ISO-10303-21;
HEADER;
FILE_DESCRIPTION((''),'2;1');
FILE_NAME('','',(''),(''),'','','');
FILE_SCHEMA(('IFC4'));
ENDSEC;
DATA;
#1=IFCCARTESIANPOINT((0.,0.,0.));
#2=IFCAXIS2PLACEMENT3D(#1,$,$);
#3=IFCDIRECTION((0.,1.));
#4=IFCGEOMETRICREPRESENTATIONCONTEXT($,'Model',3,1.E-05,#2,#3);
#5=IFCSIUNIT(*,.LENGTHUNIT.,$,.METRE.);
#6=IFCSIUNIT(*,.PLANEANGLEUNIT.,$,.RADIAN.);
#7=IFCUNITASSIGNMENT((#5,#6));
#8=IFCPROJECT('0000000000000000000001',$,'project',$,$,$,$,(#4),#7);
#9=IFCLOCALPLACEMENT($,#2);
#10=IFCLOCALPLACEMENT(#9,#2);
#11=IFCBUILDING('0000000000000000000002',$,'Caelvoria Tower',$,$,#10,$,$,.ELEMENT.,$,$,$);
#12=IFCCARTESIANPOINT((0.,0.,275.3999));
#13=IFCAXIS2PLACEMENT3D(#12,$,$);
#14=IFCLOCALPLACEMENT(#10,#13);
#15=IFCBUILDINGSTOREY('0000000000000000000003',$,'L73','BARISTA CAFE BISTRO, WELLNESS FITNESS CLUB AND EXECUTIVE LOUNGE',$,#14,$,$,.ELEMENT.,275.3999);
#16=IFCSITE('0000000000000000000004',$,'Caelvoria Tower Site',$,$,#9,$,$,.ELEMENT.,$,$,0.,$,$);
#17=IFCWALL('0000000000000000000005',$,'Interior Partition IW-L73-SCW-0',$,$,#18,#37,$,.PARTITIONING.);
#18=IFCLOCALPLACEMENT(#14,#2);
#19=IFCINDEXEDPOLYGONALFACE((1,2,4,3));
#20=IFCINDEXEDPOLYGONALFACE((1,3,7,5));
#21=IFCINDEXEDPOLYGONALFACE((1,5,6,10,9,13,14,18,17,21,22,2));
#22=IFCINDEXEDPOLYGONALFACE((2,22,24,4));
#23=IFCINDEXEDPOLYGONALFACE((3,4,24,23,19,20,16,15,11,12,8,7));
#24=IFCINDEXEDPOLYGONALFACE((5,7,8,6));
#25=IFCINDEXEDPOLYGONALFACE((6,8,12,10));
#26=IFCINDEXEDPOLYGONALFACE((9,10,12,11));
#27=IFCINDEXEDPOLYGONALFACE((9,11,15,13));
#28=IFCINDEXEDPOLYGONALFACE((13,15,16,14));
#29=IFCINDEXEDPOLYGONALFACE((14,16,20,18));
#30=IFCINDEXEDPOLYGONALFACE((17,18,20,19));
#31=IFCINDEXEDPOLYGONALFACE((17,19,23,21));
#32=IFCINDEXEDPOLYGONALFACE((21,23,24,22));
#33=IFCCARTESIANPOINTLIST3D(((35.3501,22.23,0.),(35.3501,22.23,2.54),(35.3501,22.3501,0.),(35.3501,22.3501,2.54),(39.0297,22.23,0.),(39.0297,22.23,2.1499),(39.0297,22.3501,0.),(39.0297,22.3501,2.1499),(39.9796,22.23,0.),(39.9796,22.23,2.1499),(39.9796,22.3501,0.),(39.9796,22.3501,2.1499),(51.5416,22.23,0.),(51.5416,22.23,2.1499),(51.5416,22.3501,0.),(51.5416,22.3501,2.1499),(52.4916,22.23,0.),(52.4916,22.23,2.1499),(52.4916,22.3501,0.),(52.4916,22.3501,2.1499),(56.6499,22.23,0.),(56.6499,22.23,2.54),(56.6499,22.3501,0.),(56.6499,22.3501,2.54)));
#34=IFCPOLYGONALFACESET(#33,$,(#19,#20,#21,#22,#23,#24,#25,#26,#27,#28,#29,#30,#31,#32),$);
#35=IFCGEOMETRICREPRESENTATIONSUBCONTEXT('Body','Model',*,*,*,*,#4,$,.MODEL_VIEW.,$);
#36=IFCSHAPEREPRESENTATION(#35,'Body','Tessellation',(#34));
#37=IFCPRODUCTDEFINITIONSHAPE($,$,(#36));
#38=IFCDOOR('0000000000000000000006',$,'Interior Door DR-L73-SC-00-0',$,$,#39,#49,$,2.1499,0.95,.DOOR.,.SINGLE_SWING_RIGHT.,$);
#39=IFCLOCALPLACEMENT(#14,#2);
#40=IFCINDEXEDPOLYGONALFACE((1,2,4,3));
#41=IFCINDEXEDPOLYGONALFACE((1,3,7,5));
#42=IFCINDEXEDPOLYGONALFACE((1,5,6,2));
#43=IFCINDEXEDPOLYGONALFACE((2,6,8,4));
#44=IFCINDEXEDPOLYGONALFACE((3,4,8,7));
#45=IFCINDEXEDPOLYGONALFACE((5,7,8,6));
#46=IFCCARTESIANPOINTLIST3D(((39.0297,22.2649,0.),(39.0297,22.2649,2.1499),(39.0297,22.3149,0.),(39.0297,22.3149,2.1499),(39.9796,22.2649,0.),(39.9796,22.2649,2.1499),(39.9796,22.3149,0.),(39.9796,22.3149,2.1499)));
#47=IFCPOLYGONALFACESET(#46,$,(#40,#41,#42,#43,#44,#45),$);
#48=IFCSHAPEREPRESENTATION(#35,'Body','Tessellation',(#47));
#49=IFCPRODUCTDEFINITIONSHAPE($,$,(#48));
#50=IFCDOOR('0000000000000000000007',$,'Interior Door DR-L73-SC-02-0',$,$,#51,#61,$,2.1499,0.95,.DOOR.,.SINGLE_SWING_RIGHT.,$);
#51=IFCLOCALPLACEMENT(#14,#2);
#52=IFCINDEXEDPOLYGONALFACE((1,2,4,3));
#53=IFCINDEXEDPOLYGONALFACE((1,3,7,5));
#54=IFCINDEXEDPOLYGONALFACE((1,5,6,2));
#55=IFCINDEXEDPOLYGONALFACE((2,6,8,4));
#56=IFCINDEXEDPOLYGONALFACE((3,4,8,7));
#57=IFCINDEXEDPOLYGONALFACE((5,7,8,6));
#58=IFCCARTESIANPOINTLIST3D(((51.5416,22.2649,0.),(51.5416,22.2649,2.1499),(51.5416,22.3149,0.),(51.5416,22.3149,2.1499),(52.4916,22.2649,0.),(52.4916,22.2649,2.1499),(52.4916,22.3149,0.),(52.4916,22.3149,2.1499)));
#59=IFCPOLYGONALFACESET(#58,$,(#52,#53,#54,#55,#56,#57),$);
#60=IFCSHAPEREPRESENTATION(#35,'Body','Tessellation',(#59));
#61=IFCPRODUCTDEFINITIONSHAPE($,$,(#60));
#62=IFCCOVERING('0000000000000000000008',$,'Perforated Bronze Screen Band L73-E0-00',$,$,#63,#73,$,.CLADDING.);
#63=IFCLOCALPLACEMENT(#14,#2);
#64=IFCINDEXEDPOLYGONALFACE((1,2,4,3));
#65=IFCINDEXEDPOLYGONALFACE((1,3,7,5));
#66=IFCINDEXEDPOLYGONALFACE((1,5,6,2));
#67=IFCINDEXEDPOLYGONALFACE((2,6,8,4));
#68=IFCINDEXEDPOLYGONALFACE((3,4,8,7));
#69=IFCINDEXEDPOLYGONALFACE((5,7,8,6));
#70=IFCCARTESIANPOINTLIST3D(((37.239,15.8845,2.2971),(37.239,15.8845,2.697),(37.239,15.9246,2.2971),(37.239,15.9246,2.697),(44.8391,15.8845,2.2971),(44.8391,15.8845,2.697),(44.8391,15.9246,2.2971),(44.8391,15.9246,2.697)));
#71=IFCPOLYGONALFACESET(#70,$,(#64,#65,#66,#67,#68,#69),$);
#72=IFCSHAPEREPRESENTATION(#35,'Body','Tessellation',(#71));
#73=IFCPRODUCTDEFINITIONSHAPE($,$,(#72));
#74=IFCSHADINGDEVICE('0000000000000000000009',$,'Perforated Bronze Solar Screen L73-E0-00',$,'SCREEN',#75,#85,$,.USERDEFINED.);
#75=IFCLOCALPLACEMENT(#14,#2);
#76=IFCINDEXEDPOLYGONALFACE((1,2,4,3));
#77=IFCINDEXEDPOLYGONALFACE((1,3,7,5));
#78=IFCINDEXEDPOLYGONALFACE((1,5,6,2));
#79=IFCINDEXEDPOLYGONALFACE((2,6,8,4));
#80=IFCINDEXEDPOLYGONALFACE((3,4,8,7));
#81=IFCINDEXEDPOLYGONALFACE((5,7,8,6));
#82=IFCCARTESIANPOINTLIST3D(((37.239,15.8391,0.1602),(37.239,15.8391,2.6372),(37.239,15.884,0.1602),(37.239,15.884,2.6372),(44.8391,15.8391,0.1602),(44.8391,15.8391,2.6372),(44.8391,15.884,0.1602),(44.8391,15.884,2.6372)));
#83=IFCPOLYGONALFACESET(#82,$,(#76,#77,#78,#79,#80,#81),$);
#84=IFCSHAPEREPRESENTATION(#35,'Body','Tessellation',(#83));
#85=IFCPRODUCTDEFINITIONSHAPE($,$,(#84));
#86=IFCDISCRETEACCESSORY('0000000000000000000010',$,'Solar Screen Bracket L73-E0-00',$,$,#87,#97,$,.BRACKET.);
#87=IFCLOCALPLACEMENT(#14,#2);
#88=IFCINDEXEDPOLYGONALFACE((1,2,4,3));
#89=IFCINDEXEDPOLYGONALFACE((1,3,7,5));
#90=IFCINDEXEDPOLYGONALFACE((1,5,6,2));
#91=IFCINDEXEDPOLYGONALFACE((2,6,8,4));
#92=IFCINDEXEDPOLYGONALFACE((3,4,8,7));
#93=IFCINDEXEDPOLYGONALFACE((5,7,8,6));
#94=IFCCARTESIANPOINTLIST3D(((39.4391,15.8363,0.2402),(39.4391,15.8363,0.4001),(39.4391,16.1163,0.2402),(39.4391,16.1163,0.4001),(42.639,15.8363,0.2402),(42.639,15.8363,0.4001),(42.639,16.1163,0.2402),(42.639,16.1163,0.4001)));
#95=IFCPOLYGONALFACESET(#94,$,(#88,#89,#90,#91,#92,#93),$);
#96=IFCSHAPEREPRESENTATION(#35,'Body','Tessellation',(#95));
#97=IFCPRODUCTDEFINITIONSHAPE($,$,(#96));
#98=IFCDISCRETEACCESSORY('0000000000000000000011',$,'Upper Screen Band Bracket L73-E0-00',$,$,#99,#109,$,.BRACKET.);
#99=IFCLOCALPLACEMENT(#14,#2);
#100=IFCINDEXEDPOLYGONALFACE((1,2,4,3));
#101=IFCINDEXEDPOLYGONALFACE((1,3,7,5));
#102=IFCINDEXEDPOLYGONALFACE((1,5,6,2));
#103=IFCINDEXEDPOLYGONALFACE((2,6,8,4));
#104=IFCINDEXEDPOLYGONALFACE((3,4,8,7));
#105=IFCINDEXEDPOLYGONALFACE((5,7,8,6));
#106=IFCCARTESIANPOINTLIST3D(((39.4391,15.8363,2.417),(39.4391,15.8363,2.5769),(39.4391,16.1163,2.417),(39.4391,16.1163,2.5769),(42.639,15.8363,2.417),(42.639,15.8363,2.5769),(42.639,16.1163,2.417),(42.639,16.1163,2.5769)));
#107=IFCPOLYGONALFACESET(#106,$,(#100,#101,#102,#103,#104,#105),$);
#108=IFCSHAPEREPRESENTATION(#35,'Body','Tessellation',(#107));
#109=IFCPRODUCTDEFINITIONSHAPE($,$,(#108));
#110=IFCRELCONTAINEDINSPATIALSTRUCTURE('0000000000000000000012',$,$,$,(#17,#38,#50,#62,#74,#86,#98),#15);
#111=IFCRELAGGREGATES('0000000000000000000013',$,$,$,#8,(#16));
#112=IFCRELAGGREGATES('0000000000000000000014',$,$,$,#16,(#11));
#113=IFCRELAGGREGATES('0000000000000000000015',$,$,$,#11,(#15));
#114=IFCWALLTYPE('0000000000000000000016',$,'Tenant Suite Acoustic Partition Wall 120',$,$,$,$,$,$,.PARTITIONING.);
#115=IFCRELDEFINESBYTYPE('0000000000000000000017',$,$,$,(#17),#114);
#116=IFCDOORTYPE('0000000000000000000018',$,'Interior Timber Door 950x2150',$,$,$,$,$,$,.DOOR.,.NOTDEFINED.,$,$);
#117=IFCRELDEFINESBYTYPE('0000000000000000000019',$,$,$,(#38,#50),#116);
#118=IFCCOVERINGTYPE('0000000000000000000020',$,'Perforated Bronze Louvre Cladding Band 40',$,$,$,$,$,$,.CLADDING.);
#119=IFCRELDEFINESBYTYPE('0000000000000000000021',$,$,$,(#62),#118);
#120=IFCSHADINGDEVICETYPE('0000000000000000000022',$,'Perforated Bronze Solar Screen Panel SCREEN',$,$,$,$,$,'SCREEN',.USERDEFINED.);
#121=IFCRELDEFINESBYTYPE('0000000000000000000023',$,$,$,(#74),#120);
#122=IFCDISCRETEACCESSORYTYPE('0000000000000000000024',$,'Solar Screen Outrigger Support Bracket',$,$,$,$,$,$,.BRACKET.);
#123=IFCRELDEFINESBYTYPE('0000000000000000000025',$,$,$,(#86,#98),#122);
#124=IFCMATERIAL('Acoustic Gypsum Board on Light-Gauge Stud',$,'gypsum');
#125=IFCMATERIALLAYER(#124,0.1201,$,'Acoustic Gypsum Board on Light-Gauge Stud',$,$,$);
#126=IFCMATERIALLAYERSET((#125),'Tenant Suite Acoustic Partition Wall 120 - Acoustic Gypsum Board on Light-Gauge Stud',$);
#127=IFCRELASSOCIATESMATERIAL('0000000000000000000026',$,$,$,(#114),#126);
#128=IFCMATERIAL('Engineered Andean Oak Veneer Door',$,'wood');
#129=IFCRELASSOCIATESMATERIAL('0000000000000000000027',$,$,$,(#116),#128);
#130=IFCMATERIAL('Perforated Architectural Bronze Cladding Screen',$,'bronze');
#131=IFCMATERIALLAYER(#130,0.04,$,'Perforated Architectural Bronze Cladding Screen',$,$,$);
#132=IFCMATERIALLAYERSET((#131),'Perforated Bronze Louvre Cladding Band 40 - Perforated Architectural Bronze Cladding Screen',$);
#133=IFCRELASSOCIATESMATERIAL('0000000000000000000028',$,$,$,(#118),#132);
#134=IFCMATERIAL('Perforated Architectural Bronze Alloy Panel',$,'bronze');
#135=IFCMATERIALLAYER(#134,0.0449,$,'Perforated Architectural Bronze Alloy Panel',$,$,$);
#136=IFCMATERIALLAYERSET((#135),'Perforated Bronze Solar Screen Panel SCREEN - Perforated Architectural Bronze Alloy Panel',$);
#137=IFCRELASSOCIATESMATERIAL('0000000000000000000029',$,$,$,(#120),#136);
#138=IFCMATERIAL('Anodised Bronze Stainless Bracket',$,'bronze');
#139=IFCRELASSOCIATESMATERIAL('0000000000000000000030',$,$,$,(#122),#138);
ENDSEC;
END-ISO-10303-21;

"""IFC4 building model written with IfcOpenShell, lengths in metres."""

from ifc_helpers import new_model, si_unit, direction, frame, frame_2d, origin, origin_2d, place, context, subcontext, project, spatial, rectangle, extrude, material, layer, layer_set, type_object, element, fill, save


model = new_model("IFC4")

# Units and contexts
model_context = context("Model", 3, precision=1e-05, world=origin(), true_north=direction((0.0, 1.0)))
body_context = subcontext(model_context, "Body", "Model", "MODEL_VIEW")
ifc_project = project(units=[si_unit("LENGTHUNIT", "METRE"), si_unit("PLANEANGLEUNIT", "RADIAN")], contexts=[model_context])

# Site, building, storey
site_placement = place(None, origin())
site = spatial("IfcSite", under=ifc_project, at=site_placement, Name="Caelvoria Tower Site", CompositionType="ELEMENT", RefElevation=0.0)
building_placement = place(site_placement, origin())
building = spatial("IfcBuilding", under=site, at=building_placement, Name="Caelvoria Tower", CompositionType="ELEMENT")
storey_placement = place(building_placement, frame((0.0, 0.0, 275.3999)))
storey = spatial("IfcBuildingStorey", under=building, at=storey_placement, Name="L73", Description="BARISTA CAFE BISTRO, WELLNESS FITNESS CLUB AND EXECUTIVE LOUNGE", CompositionType="ELEMENT", Elevation=275.3999)

# Wall, openings, doors
ifc_material_1 = material(Name="Acoustic Gypsum Board on Light-Gauge Stud", Category="gypsum")
ifc_layer_1 = layer(ifc_material_1, 0.1201, Name="Acoustic Gypsum Board on Light-Gauge Stud")
ifc_layer_set_1 = layer_set([ifc_layer_1], Name="Tenant Suite Acoustic Partition Wall 120 - Acoustic Gypsum Board on Light-Gauge Stud")
wall_type = type_object("IfcWallType", Name="Tenant Suite Acoustic Partition Wall 120", PredefinedType="PARTITIONING", material=ifc_layer_set_1)
wall_placement = place(storey_placement, frame((35.3501, 22.29, 0.0), z_axis=(0.0, 0.0, 1.0), x_axis=(1.0, 0.0, 0.0)))
wall = element("IfcWall", 1, at=wall_placement, inside=storey, type_object=wall_type, Name="Interior Partition IW-L73-SCW-0", PredefinedType="PARTITIONING", context=body_context, shape_type="SweptSolid", body=[
    extrude(rectangle(XDim=21.2998, YDim=0.1201, at=frame_2d((10.6499, 0.0))), origin(), (0.0, 0.0, 1.0), 2.54),
])
opening_1_placement = place(wall_placement, frame((3.6794, 0.0, 0.0)))
opening_1 = element("IfcOpeningElement", 2, at=opening_1_placement, cuts=wall, PredefinedType="OPENING", context=body_context, shape_type="SweptSolid", body=[
    extrude(rectangle(XDim=0.95, YDim=2.1499, at=frame_2d((0.4751, 1.075))), frame((0.0, 0.0701, 0.0), z_axis=(0.0, -1.0, 0.0), x_axis=(1.0, 0.0, 0.0)), (0.0, 0.0, 1.0), 0.1401),
])
opening_2_placement = place(wall_placement, frame((16.1914, 0.0, 0.0)))
opening_2 = element("IfcOpeningElement", 3, at=opening_2_placement, cuts=wall, PredefinedType="OPENING", context=body_context, shape_type="SweptSolid", body=[
    extrude(rectangle(XDim=0.95, YDim=2.1499, at=frame_2d((0.4751, 1.075))), frame((0.0, 0.0701, 0.0), z_axis=(0.0, -1.0, 0.0), x_axis=(1.0, 0.0, 0.0)), (0.0, 0.0, 1.0), 0.1401),
])
ifc_material_2 = material(Name="Engineered Andean Oak Veneer Door", Category="wood")
door_type = type_object("IfcDoorType", Name="Interior Timber Door 950x2150", OperationType="NOTDEFINED", PredefinedType="DOOR", material=ifc_material_2)
door_1_placement = place(opening_1_placement, origin())
door_1 = element("IfcDoor", 4, at=door_1_placement, inside=storey, type_object=door_type, Name="Interior Door DR-L73-SC-00-0", OperationType="SINGLE_SWING_RIGHT", OverallHeight=2.1499, OverallWidth=0.95, PredefinedType="DOOR", context=body_context, shape_type="SweptSolid", body=[
    extrude(rectangle(XDim=0.95, YDim=2.1499, at=frame_2d((0.4751, 1.075))), frame((0.0, 0.0249, 0.0), z_axis=(0.0, -1.0, 0.0), x_axis=(1.0, 0.0, 0.0)), (0.0, 0.0, 1.0), 0.05),
])
fill(opening_1, door_1)
door_2_placement = place(opening_2_placement, origin())
door_2 = element("IfcDoor", 5, at=door_2_placement, inside=storey, type_object=door_type, Name="Interior Door DR-L73-SC-02-0", OperationType="SINGLE_SWING_RIGHT", OverallHeight=2.1499, OverallWidth=0.95, PredefinedType="DOOR", context=body_context, shape_type="SweptSolid", body=[
    extrude(rectangle(XDim=0.95, YDim=2.1499, at=frame_2d((0.4751, 1.075))), frame((0.0, 0.0249, 0.0), z_axis=(0.0, -1.0, 0.0), x_axis=(1.0, 0.0, 0.0)), (0.0, 0.0, 1.0), 0.05),
])
fill(opening_2, door_2)

# Covering
ifc_material_3 = material(Name="Perforated Architectural Bronze Cladding Screen", Category="bronze")
ifc_layer_2 = layer(ifc_material_3, 0.04, Name="Perforated Architectural Bronze Cladding Screen")
ifc_layer_set_2 = layer_set([ifc_layer_2], Name="Perforated Bronze Louvre Cladding Band 40 - Perforated Architectural Bronze Cladding Screen")
covering_type = type_object("IfcCoveringType", Name="Perforated Bronze Louvre Cladding Band 40", PredefinedType="CLADDING", material=ifc_layer_set_2)
covering_placement = place(storey_placement, frame((41.0391, 15.9045, 2.2971), z_axis=(0.0, 0.0, 1.0), x_axis=(1.0, 0.0, 0.0)))
element("IfcCovering", 6, at=covering_placement, inside=storey, type_object=covering_type, Name="Perforated Bronze Screen Band L73-E0-00", PredefinedType="CLADDING", context=body_context, shape_type="SweptSolid", body=[
    extrude(rectangle(XDim=7.6001, YDim=0.04, at=origin_2d()), origin(), (0.0, 0.0, 1.0), 0.3999),
])

# Shading device
ifc_material_4 = material(Name="Perforated Architectural Bronze Alloy Panel", Category="bronze")
ifc_layer_3 = layer(ifc_material_4, 0.0449, Name="Perforated Architectural Bronze Alloy Panel")
ifc_layer_set_3 = layer_set([ifc_layer_3], Name="Perforated Bronze Solar Screen Panel SCREEN - Perforated Architectural Bronze Alloy Panel")
shading_device_type = type_object("IfcShadingDeviceType", Name="Perforated Bronze Solar Screen Panel SCREEN", ElementType="SCREEN", PredefinedType="USERDEFINED", material=ifc_layer_set_3)
shading_device_placement = place(storey_placement, frame((41.0391, 15.8616, 0.1602), z_axis=(0.0, 0.0, 1.0), x_axis=(1.0, 0.0, 0.0)))
element("IfcShadingDevice", 7, at=shading_device_placement, inside=storey, type_object=shading_device_type, Name="Perforated Bronze Solar Screen L73-E0-00", ObjectType="SCREEN", PredefinedType="USERDEFINED", context=body_context, shape_type="SweptSolid", body=[
    extrude(rectangle(XDim=7.6001, YDim=0.0449, at=origin_2d()), origin(), (0.0, 0.0, 1.0), 2.4771),
])

# Discrete accessories
ifc_material_5 = material(Name="Anodised Bronze Stainless Bracket", Category="bronze")
discrete_accessory_type = type_object("IfcDiscreteAccessoryType", Name="Solar Screen Outrigger Support Bracket", PredefinedType="BRACKET", material=ifc_material_5)
for number, where, z_axis, x_axis, name in (
    (8, (41.0391, 15.9763, 0.2402), (0.0, 0.0, 1.0), (1.0, 0.0, 0.0), "Solar Screen Bracket L73-E0-00"),
    (9, (41.0391, 15.9763, 2.417), (0.0, 0.0, 1.0), (1.0, 0.0, 0.0), "Upper Screen Band Bracket L73-E0-00"),
):
    element("IfcDiscreteAccessory", number, at=place(storey_placement, frame(where, z_axis=z_axis, x_axis=x_axis)), inside=storey, type_object=discrete_accessory_type, Name=name, PredefinedType="BRACKET", context=body_context, shape_type="SweptSolid", body=[
        extrude(rectangle(XDim=3.2, YDim=0.28, at=origin_2d()), origin(), (0.0, 0.0, 1.0), 0.1599),
    ])

save(model, "model.ifc")
